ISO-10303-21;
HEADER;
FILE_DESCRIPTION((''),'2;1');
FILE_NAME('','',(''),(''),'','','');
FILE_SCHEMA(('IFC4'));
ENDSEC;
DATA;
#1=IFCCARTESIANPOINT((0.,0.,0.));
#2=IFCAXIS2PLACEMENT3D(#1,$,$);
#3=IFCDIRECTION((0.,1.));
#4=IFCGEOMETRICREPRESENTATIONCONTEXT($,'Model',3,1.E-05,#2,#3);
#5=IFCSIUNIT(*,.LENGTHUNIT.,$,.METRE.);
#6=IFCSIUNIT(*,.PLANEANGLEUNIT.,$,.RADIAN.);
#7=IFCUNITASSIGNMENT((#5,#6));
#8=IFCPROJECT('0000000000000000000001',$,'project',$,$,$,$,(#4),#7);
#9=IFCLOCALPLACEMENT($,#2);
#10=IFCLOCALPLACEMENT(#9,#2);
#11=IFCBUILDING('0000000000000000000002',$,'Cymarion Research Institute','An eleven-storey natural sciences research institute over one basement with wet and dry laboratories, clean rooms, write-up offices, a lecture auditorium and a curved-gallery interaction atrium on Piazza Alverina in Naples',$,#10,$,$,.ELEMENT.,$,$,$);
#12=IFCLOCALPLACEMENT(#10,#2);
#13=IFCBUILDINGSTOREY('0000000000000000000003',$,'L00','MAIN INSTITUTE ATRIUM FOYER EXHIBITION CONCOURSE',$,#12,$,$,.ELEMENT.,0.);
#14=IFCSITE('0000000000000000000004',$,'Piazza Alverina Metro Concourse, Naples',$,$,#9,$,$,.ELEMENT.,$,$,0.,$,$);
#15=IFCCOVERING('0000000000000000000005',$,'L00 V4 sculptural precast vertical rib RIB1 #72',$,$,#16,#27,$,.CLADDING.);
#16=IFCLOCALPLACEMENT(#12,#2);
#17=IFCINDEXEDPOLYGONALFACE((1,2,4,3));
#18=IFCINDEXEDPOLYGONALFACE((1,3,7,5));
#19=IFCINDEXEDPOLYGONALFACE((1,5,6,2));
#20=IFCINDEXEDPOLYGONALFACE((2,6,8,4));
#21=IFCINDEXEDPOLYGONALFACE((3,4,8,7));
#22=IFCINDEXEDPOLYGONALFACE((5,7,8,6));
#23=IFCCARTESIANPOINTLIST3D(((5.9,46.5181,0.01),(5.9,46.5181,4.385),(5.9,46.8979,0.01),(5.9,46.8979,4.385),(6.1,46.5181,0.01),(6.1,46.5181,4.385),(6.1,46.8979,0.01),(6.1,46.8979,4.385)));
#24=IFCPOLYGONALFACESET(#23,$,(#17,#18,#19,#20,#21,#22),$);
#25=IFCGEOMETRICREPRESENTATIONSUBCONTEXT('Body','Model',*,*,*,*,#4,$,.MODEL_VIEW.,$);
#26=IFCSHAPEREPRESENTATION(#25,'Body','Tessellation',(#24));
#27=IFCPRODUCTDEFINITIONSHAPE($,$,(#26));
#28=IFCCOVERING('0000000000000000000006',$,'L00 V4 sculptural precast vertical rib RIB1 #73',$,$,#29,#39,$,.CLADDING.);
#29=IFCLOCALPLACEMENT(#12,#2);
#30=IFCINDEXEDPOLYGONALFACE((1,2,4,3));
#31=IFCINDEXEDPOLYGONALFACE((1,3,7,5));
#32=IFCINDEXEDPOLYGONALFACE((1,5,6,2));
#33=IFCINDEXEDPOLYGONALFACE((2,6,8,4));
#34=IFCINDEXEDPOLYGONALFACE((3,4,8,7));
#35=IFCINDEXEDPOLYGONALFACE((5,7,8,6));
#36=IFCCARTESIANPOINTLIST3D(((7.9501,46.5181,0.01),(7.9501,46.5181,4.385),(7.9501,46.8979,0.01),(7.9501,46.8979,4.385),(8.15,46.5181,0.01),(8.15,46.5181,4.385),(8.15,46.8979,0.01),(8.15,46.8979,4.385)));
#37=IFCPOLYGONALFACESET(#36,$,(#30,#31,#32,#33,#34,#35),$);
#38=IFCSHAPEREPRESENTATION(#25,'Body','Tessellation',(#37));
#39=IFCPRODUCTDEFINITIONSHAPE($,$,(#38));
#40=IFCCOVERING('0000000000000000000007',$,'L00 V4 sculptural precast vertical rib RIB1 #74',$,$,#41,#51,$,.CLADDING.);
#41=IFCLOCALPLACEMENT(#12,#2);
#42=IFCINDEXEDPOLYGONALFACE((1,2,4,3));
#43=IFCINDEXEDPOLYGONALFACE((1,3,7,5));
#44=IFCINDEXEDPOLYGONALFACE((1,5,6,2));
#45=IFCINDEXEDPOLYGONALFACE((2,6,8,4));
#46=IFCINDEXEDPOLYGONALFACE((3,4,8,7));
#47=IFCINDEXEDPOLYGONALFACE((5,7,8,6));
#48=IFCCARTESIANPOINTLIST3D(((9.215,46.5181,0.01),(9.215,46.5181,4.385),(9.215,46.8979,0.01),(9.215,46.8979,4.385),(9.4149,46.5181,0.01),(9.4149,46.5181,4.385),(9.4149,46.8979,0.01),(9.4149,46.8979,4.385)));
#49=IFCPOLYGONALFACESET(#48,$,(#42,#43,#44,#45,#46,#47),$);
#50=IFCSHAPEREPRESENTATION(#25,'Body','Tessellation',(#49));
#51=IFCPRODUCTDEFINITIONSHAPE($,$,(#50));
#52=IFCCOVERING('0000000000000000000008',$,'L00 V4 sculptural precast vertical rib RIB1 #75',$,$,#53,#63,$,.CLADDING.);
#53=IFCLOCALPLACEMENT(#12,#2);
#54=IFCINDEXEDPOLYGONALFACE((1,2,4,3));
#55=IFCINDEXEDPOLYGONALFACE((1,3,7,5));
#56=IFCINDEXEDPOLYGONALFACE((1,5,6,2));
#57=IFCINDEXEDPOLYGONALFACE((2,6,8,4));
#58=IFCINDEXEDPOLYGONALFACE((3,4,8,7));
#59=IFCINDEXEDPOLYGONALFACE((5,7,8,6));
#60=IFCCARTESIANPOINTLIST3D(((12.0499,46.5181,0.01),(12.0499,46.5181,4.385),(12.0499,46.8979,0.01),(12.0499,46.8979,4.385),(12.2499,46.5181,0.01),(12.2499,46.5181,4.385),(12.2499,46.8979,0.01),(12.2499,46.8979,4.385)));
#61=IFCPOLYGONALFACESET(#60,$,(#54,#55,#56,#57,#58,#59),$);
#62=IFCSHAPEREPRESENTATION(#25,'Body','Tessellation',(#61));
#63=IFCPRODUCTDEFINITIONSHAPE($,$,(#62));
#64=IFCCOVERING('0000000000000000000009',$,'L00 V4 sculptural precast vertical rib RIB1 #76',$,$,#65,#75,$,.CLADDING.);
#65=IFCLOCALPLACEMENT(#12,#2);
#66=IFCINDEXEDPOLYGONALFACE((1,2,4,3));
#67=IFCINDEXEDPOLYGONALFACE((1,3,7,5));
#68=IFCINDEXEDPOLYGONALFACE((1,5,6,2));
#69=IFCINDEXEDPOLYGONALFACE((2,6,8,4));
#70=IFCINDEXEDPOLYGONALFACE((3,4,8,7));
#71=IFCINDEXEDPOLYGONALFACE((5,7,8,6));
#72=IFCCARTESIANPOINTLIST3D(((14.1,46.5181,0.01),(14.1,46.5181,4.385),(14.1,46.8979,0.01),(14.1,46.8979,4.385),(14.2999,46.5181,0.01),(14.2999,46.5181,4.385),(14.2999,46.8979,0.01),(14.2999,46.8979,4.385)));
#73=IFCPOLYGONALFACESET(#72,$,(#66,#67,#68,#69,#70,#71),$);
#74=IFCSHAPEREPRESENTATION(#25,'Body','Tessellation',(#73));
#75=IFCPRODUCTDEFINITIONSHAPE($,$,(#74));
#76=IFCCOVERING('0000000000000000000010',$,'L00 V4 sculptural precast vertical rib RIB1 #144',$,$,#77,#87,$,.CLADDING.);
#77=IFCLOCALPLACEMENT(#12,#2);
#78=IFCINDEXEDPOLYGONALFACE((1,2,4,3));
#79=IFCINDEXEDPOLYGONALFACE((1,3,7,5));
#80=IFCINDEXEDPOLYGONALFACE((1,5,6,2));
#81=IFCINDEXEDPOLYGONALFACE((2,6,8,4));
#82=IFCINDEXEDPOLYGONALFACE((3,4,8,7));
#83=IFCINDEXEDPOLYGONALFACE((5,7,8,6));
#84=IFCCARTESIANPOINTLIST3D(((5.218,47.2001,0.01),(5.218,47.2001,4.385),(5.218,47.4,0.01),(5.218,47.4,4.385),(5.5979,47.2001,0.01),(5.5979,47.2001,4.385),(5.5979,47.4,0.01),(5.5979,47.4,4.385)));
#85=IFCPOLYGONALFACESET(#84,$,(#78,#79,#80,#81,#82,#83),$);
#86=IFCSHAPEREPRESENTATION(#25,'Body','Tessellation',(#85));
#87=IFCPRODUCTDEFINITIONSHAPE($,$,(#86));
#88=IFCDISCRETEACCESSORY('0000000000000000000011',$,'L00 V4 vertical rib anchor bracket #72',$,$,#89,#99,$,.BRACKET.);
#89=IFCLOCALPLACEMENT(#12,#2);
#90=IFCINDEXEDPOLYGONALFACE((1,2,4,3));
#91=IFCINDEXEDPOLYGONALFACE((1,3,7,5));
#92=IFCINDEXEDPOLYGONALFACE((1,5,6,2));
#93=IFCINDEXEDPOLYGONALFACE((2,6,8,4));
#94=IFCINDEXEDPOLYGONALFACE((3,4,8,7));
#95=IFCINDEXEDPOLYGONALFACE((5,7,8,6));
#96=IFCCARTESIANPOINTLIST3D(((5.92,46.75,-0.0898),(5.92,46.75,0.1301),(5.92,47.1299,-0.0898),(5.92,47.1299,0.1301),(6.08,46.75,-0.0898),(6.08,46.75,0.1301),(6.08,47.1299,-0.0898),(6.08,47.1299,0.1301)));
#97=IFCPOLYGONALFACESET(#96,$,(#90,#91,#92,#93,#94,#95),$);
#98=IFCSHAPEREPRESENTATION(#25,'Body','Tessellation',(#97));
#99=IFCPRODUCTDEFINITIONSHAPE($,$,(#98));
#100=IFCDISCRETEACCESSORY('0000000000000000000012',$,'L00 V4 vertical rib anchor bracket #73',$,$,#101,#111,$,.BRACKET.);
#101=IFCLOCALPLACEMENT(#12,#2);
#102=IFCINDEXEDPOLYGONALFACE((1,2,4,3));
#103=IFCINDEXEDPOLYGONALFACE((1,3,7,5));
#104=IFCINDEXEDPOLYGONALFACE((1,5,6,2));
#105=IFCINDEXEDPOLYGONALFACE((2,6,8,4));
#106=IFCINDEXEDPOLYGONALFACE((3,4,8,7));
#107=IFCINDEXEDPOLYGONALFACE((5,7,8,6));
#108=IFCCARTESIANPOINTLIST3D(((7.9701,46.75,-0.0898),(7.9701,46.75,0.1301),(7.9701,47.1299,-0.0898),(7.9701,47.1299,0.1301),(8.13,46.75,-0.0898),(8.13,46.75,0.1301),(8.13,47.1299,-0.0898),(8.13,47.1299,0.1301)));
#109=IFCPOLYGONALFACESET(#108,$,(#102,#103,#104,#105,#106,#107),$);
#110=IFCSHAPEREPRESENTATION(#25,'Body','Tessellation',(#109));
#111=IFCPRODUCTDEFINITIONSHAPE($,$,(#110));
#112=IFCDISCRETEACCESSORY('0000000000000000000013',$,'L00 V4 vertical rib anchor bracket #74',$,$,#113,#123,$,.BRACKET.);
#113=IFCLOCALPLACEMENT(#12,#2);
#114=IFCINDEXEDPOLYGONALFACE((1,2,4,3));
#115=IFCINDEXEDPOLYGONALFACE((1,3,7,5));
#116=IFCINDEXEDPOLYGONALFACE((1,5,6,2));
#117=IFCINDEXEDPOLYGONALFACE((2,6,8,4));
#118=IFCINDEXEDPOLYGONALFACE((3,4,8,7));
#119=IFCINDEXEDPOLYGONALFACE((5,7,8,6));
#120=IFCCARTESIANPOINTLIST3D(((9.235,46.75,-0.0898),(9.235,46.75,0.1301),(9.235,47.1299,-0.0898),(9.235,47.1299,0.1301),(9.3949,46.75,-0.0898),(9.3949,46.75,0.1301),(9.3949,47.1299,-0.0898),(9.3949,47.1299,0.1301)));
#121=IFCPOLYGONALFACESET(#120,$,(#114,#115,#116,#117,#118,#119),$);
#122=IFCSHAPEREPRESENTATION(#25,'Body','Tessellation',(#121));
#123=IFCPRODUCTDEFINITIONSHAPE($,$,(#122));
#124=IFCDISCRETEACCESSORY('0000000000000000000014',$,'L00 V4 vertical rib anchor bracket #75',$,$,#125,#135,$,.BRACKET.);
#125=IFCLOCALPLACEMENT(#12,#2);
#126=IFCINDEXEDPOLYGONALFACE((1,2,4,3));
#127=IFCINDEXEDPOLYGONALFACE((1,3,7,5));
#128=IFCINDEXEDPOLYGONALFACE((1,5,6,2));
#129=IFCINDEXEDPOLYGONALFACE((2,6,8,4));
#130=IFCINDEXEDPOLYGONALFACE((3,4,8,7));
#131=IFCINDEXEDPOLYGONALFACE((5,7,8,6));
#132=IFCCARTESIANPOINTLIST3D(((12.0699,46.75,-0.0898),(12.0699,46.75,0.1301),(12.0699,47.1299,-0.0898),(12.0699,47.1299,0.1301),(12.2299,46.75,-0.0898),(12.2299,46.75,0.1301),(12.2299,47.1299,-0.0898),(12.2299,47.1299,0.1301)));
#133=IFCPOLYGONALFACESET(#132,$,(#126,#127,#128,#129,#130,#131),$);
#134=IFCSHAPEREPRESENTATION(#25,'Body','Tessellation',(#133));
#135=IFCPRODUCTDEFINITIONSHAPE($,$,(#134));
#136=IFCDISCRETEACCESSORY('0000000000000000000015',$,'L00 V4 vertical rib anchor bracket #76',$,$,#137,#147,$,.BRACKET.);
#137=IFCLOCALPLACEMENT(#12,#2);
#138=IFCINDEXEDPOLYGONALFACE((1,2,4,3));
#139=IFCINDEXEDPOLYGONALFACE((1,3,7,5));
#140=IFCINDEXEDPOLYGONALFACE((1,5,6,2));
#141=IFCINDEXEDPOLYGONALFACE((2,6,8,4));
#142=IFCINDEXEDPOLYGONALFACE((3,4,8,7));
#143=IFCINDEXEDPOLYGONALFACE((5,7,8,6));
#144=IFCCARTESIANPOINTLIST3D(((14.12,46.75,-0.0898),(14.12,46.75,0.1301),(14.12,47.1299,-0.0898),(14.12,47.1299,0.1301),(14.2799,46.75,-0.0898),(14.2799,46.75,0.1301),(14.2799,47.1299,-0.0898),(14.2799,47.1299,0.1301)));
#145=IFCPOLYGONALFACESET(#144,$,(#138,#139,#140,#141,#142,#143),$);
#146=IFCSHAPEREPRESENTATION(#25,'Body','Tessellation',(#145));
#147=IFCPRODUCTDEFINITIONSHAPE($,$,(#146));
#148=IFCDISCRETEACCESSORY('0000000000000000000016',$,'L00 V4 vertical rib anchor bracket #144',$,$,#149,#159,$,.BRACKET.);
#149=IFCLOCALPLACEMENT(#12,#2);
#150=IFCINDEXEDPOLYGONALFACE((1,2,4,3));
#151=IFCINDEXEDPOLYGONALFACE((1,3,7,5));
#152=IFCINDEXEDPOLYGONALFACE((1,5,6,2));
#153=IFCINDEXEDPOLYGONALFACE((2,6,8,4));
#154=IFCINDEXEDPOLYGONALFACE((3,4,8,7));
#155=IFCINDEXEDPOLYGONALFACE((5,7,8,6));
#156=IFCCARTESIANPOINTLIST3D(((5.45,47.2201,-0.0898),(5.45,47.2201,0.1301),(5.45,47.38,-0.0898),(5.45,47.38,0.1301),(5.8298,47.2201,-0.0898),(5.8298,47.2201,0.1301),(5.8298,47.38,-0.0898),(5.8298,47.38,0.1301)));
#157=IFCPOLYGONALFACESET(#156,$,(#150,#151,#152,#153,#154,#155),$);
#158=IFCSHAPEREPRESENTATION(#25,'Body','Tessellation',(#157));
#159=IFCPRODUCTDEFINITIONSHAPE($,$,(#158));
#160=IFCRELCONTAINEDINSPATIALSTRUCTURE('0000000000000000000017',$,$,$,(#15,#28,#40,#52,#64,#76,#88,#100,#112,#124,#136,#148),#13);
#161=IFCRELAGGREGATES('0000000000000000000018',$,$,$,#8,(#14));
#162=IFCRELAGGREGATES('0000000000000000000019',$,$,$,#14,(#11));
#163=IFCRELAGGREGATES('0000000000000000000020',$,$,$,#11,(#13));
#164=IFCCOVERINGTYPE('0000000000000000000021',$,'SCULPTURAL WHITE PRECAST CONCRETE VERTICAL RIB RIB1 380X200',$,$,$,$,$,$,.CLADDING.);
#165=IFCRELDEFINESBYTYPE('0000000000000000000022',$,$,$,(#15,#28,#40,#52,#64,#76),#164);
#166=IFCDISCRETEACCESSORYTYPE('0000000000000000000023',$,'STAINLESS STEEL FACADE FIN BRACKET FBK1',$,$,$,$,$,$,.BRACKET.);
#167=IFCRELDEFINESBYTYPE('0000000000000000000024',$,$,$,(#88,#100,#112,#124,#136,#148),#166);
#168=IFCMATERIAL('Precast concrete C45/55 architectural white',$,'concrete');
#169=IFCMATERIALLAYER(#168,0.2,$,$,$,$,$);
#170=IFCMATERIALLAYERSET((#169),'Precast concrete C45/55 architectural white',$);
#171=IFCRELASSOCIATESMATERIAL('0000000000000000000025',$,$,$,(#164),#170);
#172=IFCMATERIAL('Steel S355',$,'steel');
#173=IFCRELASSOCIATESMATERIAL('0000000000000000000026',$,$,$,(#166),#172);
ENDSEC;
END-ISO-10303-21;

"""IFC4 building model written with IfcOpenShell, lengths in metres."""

from ifc_helpers import new_model, si_unit, direction, frame, origin, origin_2d, place, context, subcontext, project, spatial, rectangle, extrude, material, layer, layer_set, type_object, element, save


model = new_model("IFC4")

# Units and contexts
model_context = context("Model", 3, precision=1e-05, world=origin(), true_north=direction((0.0, 1.0)))
body_context = subcontext(model_context, "Body", "Model", "MODEL_VIEW")
ifc_project = project(units=[si_unit("LENGTHUNIT", "METRE"), si_unit("PLANEANGLEUNIT", "RADIAN")], contexts=[model_context])

# Site, building, storey
site_placement = place(None, origin())
site = spatial("IfcSite", under=ifc_project, at=site_placement, Name="Piazza Alverina Metro Concourse, Naples", CompositionType="ELEMENT", RefElevation=0.0)
building_placement = place(site_placement, origin())
building = spatial("IfcBuilding", under=site, at=building_placement, Name="Cymarion Research Institute", Description="An eleven-storey natural sciences research institute over one basement with wet and dry laboratories, clean rooms, write-up offices, a lecture auditorium and a curved-gallery interaction atrium on Piazza Alverina in Naples", CompositionType="ELEMENT")
storey_placement = place(building_placement, origin())
storey = spatial("IfcBuildingStorey", under=building, at=storey_placement, Name="L00", Description="MAIN INSTITUTE ATRIUM FOYER EXHIBITION CONCOURSE", CompositionType="ELEMENT", Elevation=0.0)

# Shared definitions
ifc_material_1 = material(Name="Steel S355", Category="steel")

# Coverings
ifc_material_2 = material(Name="Precast concrete C45/55 architectural white", Category="concrete")
ifc_layer_1 = layer(ifc_material_2, 0.2)
ifc_layer_set_1 = layer_set([ifc_layer_1], Name="Precast concrete C45/55 architectural white")
covering_type = type_object("IfcCoveringType", Name="SCULPTURAL WHITE PRECAST CONCRETE VERTICAL RIB RIB1 380X200", PredefinedType="CLADDING", material=ifc_layer_set_1)
for number, where, z_axis, x_axis, name in (
    (1, (6.0, 46.708, 0.01), (0.0, 0.0, 1.0), (0.0, -1.0, 0.0), "L00 V4 sculptural precast vertical rib RIB1 #72"),
    (2, (8.05, 46.708, 0.01), (0.0, 0.0, 1.0), (0.0, -1.0, 0.0), "L00 V4 sculptural precast vertical rib RIB1 #73"),
    (3, (9.3149, 46.708, 0.01), (0.0, 0.0, 1.0), (0.0, -1.0, 0.0), "L00 V4 sculptural precast vertical rib RIB1 #74"),
    (4, (12.1499, 46.708, 0.01), (0.0, 0.0, 1.0), (0.0, -1.0, 0.0), "L00 V4 sculptural precast vertical rib RIB1 #75"),
    (5, (14.2, 46.708, 0.01), (0.0, 0.0, 1.0), (0.0, -1.0, 0.0), "L00 V4 sculptural precast vertical rib RIB1 #76"),
    (6, (5.408, 47.3, 0.01), (0.0, 0.0, 1.0), (-1.0, 0.0, 0.0), "L00 V4 sculptural precast vertical rib RIB1 #144"),
):
    element("IfcCovering", number, at=place(storey_placement, frame(where, z_axis=z_axis, x_axis=x_axis)), inside=storey, type_object=covering_type, Name=name, PredefinedType="CLADDING", context=body_context, shape_type="SweptSolid", body=[
        extrude(rectangle(XDim=0.3799, YDim=0.2, at=origin_2d()), origin(), (0.0, 0.0, 1.0), 4.375),
    ])

# Discrete accessories
discrete_accessory_type = type_object("IfcDiscreteAccessoryType", Name="STAINLESS STEEL FACADE FIN BRACKET FBK1", PredefinedType="BRACKET", material=ifc_material_1)
for number, where, z_axis, x_axis, name in (
    (7, (6.0, 46.9399, -0.0898), (0.0, 0.0, 1.0), (0.0, -1.0, 0.0), "L00 V4 vertical rib anchor bracket #72"),
    (8, (8.05, 46.9399, -0.0898), (0.0, 0.0, 1.0), (0.0, -1.0, 0.0), "L00 V4 vertical rib anchor bracket #73"),
    (9, (9.3149, 46.9399, -0.0898), (0.0, 0.0, 1.0), (0.0, -1.0, 0.0), "L00 V4 vertical rib anchor bracket #74"),
    (10, (12.1499, 46.9399, -0.0898), (0.0, 0.0, 1.0), (0.0, -1.0, 0.0), "L00 V4 vertical rib anchor bracket #75"),
    (11, (14.2, 46.9399, -0.0898), (0.0, 0.0, 1.0), (0.0, -1.0, 0.0), "L00 V4 vertical rib anchor bracket #76"),
    (12, (5.6399, 47.3, -0.0898), (0.0, 0.0, 1.0), (-1.0, 0.0, 0.0), "L00 V4 vertical rib anchor bracket #144"),
):
    element("IfcDiscreteAccessory", number, at=place(storey_placement, frame(where, z_axis=z_axis, x_axis=x_axis)), inside=storey, type_object=discrete_accessory_type, Name=name, PredefinedType="BRACKET", context=body_context, shape_type="SweptSolid", body=[
        extrude(rectangle(XDim=0.3799, YDim=0.1599, at=origin_2d()), origin(), (0.0, 0.0, 1.0), 0.22),
    ])

save(model, "model.ifc")
